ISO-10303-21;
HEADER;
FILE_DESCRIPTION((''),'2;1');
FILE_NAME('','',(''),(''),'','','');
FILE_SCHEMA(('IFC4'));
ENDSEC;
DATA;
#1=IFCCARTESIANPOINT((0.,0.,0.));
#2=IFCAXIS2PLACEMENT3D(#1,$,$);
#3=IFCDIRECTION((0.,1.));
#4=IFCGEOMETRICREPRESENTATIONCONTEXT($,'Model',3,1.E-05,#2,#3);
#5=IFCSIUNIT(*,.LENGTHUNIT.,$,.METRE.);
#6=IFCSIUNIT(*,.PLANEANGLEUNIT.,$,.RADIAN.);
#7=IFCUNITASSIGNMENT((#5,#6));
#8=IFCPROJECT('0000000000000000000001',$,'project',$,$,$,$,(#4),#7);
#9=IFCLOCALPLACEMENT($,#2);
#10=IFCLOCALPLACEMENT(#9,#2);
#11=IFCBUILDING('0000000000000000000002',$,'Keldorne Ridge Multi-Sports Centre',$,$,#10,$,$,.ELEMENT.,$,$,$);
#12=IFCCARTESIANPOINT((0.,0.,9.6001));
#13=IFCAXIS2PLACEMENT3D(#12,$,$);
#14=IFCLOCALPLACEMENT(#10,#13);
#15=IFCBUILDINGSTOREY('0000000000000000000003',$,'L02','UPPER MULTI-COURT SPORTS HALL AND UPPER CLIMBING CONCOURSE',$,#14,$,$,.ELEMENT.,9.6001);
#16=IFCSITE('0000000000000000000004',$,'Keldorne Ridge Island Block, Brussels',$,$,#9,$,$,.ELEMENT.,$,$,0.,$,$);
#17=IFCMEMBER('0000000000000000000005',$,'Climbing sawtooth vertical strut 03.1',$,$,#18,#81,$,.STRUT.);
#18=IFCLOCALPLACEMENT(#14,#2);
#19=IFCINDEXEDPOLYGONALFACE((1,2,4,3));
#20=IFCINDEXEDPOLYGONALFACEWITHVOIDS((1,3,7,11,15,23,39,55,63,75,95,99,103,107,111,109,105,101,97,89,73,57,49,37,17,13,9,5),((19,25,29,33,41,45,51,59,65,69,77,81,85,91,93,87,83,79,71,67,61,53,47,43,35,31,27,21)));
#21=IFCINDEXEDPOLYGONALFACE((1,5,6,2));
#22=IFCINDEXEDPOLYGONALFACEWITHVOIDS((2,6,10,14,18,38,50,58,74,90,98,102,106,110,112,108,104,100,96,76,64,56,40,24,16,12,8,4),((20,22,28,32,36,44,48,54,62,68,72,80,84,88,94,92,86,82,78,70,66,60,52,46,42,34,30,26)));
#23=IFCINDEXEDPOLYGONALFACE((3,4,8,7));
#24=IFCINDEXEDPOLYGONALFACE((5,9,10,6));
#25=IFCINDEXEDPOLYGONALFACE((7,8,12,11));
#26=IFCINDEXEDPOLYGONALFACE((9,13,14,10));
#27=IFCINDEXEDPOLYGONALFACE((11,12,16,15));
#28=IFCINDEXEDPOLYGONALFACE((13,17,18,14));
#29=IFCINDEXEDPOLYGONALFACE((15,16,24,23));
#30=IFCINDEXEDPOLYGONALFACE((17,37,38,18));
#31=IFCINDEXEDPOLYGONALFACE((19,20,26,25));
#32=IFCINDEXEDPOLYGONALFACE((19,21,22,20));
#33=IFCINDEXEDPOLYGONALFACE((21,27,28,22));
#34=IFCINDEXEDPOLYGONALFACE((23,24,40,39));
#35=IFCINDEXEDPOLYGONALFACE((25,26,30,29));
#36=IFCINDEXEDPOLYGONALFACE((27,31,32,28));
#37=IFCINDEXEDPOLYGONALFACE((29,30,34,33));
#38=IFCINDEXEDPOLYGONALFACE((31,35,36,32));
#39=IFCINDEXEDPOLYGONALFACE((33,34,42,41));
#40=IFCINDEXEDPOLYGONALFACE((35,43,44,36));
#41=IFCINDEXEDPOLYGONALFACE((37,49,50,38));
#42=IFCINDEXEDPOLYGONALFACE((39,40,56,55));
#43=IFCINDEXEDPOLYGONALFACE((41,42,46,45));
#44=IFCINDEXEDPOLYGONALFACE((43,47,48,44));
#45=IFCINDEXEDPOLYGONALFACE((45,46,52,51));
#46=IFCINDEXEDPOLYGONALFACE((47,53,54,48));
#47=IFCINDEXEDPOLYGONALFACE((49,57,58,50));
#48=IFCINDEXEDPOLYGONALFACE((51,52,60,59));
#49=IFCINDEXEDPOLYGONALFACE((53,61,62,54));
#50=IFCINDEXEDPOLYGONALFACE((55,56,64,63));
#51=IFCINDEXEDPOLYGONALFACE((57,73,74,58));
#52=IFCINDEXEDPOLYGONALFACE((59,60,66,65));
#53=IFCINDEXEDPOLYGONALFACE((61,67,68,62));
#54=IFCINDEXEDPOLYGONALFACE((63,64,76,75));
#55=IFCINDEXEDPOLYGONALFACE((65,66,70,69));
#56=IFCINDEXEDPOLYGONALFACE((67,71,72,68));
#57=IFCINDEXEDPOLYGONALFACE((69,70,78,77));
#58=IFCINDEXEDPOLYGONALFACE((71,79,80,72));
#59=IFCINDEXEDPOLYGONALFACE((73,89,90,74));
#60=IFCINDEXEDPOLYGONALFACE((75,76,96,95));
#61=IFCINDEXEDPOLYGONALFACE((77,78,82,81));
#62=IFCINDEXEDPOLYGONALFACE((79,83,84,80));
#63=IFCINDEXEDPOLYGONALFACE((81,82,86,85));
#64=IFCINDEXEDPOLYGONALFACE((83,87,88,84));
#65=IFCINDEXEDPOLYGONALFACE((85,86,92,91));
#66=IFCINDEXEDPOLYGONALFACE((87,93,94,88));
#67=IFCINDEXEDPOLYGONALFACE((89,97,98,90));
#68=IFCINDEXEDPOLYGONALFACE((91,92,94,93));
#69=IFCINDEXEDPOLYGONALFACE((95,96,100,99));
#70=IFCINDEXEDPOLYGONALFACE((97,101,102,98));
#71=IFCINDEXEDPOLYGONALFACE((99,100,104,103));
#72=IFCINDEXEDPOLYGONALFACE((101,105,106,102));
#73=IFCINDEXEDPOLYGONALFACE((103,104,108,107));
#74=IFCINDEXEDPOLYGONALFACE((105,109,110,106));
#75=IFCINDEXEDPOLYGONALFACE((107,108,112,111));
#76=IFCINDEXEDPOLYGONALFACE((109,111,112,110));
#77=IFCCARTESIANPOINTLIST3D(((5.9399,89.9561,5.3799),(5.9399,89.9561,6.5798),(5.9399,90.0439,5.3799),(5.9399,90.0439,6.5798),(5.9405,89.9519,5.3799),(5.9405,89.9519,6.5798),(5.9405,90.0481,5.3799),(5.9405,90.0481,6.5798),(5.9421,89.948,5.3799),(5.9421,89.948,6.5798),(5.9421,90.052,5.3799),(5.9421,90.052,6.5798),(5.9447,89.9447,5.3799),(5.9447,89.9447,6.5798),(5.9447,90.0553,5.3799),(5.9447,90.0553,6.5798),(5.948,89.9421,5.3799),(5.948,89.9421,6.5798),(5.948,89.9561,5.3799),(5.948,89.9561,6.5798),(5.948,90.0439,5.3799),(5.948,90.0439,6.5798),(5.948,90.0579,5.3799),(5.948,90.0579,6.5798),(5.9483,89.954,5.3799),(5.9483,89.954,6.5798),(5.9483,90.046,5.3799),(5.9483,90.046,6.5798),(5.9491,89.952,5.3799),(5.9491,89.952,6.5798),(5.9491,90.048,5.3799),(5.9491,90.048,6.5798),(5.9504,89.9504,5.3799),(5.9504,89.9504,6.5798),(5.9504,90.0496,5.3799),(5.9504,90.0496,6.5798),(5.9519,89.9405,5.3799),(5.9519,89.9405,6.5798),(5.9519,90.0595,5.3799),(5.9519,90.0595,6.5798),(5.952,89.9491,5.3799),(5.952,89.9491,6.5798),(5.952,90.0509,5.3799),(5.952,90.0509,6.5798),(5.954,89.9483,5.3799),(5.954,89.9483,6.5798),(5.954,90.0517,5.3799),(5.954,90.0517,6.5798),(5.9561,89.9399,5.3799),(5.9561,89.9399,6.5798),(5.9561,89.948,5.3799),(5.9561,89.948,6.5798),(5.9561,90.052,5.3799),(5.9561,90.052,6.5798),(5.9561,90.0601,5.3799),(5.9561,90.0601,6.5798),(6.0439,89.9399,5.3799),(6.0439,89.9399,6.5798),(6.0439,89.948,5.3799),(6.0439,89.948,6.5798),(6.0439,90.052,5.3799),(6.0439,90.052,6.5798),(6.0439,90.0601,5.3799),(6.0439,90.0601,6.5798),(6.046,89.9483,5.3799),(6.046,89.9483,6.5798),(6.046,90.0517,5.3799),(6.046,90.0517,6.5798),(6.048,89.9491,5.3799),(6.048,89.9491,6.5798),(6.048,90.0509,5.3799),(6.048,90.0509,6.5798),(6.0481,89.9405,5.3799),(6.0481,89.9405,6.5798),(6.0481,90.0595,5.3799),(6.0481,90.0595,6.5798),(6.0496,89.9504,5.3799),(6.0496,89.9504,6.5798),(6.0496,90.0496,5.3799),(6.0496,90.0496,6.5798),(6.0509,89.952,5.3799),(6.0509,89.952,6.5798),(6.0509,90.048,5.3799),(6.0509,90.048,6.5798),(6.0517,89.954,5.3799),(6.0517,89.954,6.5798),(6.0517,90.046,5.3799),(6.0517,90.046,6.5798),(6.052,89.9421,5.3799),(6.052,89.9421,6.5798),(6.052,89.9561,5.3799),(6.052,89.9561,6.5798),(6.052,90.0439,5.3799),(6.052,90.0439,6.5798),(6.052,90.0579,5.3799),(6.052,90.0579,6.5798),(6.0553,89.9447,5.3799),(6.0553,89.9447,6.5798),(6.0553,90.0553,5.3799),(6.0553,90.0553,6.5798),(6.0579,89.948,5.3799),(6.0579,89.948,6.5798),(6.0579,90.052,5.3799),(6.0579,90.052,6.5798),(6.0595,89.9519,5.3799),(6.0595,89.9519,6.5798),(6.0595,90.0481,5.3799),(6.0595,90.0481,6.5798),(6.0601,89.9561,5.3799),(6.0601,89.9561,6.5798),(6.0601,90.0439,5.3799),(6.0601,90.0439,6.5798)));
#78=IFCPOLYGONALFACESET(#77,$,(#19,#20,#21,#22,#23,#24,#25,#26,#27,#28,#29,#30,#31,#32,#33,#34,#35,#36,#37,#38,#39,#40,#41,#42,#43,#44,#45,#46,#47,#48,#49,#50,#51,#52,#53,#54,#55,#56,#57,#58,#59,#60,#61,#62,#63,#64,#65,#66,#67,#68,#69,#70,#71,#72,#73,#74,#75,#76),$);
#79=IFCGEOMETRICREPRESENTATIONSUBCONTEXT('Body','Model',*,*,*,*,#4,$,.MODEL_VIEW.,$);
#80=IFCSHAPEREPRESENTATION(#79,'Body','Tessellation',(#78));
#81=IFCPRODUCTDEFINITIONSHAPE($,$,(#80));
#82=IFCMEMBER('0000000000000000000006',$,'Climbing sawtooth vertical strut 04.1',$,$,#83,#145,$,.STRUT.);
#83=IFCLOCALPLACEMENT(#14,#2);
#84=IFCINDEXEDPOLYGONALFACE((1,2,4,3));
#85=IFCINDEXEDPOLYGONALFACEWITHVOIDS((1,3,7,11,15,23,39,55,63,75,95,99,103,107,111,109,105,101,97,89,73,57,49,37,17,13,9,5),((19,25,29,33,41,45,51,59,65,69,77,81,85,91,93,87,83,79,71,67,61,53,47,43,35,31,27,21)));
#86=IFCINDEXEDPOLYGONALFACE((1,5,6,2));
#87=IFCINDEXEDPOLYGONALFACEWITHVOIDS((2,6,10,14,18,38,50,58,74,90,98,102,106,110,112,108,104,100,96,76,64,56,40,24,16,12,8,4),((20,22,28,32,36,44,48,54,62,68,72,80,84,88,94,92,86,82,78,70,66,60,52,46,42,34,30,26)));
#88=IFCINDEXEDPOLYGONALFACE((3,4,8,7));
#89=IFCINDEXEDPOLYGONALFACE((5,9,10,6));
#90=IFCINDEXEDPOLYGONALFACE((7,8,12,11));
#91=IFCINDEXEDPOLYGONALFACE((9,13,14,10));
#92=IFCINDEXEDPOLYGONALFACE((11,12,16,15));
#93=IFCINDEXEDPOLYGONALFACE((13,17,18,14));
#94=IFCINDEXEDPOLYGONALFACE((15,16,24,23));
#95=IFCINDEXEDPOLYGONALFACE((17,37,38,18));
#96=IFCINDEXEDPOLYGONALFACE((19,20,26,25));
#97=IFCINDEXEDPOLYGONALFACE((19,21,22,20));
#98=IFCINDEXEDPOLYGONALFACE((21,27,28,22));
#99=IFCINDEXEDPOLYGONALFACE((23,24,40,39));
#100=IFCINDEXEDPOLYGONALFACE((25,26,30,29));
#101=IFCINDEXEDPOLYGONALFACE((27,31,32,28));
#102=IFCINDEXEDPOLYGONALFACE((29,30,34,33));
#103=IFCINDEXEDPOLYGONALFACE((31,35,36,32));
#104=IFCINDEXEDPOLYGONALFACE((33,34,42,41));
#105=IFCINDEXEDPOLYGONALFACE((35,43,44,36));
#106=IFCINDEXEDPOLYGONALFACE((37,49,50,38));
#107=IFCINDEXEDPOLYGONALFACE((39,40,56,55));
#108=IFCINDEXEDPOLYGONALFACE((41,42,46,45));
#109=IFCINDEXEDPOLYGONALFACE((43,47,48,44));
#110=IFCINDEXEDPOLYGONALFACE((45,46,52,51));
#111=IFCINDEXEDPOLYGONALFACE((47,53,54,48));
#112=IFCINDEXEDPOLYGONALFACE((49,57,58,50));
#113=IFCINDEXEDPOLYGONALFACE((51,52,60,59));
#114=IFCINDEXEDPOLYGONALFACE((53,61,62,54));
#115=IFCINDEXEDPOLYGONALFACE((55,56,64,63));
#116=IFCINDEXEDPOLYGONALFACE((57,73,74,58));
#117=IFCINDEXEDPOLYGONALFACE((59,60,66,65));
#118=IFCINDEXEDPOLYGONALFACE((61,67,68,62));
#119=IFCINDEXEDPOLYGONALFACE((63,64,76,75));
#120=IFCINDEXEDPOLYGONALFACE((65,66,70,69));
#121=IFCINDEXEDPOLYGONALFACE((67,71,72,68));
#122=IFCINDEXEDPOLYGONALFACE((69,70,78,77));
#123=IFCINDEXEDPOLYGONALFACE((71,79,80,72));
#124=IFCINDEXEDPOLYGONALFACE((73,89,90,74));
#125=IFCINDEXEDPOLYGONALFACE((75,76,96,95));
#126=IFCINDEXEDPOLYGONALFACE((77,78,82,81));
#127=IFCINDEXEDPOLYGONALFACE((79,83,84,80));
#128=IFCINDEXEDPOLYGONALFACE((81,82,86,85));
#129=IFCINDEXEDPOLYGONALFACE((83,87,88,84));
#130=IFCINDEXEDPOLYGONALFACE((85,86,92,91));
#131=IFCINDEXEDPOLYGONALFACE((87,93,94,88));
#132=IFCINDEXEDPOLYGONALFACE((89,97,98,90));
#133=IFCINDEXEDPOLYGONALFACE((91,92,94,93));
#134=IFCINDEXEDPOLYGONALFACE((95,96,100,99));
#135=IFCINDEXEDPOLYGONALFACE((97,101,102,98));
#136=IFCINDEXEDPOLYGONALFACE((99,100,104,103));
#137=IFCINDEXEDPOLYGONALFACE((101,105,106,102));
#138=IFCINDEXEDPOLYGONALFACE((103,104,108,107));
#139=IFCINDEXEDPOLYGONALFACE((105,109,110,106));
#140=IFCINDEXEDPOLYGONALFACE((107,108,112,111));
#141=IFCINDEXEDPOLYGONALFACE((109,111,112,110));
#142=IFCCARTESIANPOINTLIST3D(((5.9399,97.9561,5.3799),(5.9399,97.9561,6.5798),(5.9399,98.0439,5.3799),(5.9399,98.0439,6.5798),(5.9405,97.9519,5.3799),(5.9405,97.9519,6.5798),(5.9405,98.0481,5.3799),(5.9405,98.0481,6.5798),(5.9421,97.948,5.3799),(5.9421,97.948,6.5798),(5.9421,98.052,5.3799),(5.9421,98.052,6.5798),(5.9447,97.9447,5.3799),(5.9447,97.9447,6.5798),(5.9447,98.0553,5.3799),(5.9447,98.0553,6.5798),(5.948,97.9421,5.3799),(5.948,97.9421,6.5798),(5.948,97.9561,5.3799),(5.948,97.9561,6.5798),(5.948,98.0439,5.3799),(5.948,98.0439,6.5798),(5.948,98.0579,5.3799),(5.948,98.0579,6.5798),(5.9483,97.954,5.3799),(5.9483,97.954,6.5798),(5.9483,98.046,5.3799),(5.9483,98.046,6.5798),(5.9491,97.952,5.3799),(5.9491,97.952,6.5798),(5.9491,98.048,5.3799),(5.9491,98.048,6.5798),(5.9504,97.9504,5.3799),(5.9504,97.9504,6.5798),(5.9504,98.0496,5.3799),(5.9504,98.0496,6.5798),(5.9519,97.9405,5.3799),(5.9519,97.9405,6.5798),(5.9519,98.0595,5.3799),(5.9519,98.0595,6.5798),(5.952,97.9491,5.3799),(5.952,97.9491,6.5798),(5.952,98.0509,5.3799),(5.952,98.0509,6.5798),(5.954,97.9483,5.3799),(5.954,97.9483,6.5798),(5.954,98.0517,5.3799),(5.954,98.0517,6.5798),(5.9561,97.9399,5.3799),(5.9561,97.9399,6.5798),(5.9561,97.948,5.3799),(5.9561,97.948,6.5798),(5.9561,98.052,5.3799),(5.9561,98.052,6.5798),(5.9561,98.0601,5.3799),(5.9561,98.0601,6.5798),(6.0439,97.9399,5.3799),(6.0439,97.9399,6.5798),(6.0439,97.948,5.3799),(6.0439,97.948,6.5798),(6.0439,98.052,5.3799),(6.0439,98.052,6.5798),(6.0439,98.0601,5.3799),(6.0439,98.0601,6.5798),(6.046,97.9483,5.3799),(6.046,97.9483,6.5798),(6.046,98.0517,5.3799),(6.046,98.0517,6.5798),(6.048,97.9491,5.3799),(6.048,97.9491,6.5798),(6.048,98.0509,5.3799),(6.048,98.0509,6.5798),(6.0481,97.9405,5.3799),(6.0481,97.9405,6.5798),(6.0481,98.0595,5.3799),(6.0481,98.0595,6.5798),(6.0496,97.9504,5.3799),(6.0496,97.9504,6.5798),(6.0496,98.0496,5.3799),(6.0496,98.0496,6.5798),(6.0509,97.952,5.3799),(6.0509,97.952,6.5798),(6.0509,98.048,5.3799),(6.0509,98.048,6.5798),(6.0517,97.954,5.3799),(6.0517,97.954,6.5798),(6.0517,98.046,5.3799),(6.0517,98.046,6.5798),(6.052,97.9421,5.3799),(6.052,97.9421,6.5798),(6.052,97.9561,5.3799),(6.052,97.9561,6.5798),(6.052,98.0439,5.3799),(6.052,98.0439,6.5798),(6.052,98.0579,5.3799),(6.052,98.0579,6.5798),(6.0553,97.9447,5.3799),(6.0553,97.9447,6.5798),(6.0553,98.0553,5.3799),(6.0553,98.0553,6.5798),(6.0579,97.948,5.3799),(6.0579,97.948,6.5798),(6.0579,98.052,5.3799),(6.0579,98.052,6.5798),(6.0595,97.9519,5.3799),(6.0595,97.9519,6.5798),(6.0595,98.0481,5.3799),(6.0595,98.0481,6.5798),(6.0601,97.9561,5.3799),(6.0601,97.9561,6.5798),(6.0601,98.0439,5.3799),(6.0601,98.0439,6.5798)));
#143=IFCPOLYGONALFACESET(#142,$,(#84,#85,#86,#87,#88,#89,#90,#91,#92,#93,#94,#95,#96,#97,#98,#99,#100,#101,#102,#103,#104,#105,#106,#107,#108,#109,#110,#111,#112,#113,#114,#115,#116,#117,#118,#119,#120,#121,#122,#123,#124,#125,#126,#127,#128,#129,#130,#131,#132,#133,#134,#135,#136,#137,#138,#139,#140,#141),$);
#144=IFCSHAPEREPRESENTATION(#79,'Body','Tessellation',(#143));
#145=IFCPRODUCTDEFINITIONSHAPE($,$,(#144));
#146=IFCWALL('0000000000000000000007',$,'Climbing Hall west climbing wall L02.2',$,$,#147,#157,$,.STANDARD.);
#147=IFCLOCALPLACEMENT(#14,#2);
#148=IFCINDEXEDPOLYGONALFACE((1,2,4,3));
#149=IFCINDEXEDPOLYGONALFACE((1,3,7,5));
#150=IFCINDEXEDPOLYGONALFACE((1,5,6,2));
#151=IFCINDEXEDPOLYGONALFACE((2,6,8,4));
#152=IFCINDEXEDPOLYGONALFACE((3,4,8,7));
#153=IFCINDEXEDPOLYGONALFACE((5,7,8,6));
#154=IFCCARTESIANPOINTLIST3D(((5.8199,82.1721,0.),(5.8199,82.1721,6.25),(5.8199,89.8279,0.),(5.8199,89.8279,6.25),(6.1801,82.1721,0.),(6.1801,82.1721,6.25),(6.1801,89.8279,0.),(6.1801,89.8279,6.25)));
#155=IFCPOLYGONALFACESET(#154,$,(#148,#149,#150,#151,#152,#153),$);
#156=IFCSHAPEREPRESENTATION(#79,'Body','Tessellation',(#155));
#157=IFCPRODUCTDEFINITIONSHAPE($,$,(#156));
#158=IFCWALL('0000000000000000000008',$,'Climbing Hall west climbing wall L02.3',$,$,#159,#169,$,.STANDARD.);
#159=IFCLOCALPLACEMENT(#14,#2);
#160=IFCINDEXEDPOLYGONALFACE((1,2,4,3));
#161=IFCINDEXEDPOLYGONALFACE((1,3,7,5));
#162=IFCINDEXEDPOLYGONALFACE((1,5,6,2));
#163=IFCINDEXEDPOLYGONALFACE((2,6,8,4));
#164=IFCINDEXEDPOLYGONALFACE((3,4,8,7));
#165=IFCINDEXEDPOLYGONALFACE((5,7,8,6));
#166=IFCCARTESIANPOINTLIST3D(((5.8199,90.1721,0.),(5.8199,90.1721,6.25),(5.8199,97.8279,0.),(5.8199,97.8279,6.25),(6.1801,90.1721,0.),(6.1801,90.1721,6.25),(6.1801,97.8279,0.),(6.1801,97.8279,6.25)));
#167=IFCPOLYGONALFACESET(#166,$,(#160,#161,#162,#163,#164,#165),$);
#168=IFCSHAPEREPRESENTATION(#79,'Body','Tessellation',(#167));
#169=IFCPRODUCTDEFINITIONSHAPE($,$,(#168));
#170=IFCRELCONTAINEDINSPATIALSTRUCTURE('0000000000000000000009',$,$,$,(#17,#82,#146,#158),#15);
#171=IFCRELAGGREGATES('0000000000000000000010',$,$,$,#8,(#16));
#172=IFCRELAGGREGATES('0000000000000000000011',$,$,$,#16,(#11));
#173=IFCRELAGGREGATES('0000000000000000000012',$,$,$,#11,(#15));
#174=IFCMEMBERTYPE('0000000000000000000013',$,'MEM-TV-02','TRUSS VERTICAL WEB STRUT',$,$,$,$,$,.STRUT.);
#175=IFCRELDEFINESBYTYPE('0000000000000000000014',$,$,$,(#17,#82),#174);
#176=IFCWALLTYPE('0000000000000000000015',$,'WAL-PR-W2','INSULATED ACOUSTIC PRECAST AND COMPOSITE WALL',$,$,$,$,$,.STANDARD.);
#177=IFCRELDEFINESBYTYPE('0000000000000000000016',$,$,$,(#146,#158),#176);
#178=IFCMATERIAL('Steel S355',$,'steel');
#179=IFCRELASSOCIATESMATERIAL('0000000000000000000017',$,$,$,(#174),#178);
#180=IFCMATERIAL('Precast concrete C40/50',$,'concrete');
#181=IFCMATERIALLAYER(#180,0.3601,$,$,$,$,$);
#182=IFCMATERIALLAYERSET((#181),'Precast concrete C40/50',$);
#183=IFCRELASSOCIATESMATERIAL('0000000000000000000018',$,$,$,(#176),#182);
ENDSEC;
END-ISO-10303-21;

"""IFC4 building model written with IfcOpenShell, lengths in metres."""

from ifc_helpers import new_model, si_unit, direction, frame, frame_2d, origin, origin_2d, place, context, subcontext, project, spatial, rectangle, hollow_rectangle, extrude, material, layer, layer_set, material_profile, profile_set, type_object, element, save


model = new_model("IFC4")

# Units and contexts
model_context = context("Model", 3, precision=1e-05, world=origin(), true_north=direction((0.0, 1.0)))
body_context = subcontext(model_context, "Body", "Model", "MODEL_VIEW")
ifc_project = project(units=[si_unit("LENGTHUNIT", "METRE"), si_unit("PLANEANGLEUNIT", "RADIAN")], contexts=[model_context])

# Site, building, storey
site_placement = place(None, origin())
site = spatial("IfcSite", under=ifc_project, at=site_placement, Name="Keldorne Ridge Island Block, Brussels", CompositionType="ELEMENT", RefElevation=0.0)
building_placement = place(site_placement, origin())
building = spatial("IfcBuilding", under=site, at=building_placement, Name="Keldorne Ridge Multi-Sports Centre", CompositionType="ELEMENT")
storey_placement = place(building_placement, frame((0.0, 0.0, 9.6001)))
storey = spatial("IfcBuildingStorey", under=building, at=storey_placement, Name="L02", Description="UPPER MULTI-COURT SPORTS HALL AND UPPER CLIMBING CONCOURSE", CompositionType="ELEMENT", Elevation=9.6001)

# Shared definitions
ifc_material_1 = material(Name="Steel S355", Category="steel")

# Members
ifc_material_profile_1 = material_profile(ifc_material_1, hollow_rectangle(XDim=0.1201, YDim=0.1201, WallThickness=0.0081, InnerFilletRadius=0.0081, OuterFilletRadius=0.0161, at=origin_2d()), Name="SHS 120x120x8")
ifc_profile_set_1 = profile_set([ifc_material_profile_1], Name="Steel S355")
member_type_1 = type_object("IfcMemberType", Name="MEM-TV-02", Description="TRUSS VERTICAL WEB STRUT", PredefinedType="STRUT", material=ifc_profile_set_1)
for number, where, z_axis, x_axis, name in (
    (1, (6.0, 90.0, 5.3799), (0.0, 0.0, 1.0), (1.0, 0.0, 0.0), "Climbing sawtooth vertical strut 03.1"),
    (2, (6.0, 98.0, 5.3799), (0.0, 0.0, 1.0), (1.0, 0.0, 0.0), "Climbing sawtooth vertical strut 04.1"),
):
    element("IfcMember", number, at=place(storey_placement, frame(where, z_axis=z_axis, x_axis=x_axis)), inside=storey, type_object=member_type_1, Name=name, PredefinedType="STRUT", context=body_context, shape_type="SweptSolid", body=[
        extrude(hollow_rectangle(XDim=0.1201, YDim=0.1201, WallThickness=0.0081, InnerFilletRadius=0.0081, OuterFilletRadius=0.0161, at=origin_2d()), origin(), (0.0, 0.0, 1.0), 1.2),
    ])

# Walls
ifc_material_2 = material(Name="Precast concrete C40/50", Category="concrete")
ifc_layer = layer(ifc_material_2, 0.3601)
ifc_layer_set = layer_set([ifc_layer], Name="Precast concrete C40/50")
wall_type = type_object("IfcWallType", Name="WAL-PR-W2", Description="INSULATED ACOUSTIC PRECAST AND COMPOSITE WALL", PredefinedType="STANDARD", material=ifc_layer_set)
for number, where, z_axis, x_axis, name in (
    (3, (6.0, 89.8279, 0.0), (0.0, 0.0, 1.0), (0.0, -1.0, 0.0), "Climbing Hall west climbing wall L02.2"),
    (4, (6.0, 97.8279, 0.0), (0.0, 0.0, 1.0), (0.0, -1.0, 0.0), "Climbing Hall west climbing wall L02.3"),
):
    element("IfcWall", number, at=place(storey_placement, frame(where, z_axis=z_axis, x_axis=x_axis)), inside=storey, type_object=wall_type, Name=name, PredefinedType="STANDARD", context=body_context, shape_type="SweptSolid", body=[
        extrude(rectangle(XDim=7.6558, YDim=0.3601, at=frame_2d((3.8279, 0.0))), origin(), (0.0, 0.0, 1.0), 6.25),
    ])

save(model, "model.ifc")
